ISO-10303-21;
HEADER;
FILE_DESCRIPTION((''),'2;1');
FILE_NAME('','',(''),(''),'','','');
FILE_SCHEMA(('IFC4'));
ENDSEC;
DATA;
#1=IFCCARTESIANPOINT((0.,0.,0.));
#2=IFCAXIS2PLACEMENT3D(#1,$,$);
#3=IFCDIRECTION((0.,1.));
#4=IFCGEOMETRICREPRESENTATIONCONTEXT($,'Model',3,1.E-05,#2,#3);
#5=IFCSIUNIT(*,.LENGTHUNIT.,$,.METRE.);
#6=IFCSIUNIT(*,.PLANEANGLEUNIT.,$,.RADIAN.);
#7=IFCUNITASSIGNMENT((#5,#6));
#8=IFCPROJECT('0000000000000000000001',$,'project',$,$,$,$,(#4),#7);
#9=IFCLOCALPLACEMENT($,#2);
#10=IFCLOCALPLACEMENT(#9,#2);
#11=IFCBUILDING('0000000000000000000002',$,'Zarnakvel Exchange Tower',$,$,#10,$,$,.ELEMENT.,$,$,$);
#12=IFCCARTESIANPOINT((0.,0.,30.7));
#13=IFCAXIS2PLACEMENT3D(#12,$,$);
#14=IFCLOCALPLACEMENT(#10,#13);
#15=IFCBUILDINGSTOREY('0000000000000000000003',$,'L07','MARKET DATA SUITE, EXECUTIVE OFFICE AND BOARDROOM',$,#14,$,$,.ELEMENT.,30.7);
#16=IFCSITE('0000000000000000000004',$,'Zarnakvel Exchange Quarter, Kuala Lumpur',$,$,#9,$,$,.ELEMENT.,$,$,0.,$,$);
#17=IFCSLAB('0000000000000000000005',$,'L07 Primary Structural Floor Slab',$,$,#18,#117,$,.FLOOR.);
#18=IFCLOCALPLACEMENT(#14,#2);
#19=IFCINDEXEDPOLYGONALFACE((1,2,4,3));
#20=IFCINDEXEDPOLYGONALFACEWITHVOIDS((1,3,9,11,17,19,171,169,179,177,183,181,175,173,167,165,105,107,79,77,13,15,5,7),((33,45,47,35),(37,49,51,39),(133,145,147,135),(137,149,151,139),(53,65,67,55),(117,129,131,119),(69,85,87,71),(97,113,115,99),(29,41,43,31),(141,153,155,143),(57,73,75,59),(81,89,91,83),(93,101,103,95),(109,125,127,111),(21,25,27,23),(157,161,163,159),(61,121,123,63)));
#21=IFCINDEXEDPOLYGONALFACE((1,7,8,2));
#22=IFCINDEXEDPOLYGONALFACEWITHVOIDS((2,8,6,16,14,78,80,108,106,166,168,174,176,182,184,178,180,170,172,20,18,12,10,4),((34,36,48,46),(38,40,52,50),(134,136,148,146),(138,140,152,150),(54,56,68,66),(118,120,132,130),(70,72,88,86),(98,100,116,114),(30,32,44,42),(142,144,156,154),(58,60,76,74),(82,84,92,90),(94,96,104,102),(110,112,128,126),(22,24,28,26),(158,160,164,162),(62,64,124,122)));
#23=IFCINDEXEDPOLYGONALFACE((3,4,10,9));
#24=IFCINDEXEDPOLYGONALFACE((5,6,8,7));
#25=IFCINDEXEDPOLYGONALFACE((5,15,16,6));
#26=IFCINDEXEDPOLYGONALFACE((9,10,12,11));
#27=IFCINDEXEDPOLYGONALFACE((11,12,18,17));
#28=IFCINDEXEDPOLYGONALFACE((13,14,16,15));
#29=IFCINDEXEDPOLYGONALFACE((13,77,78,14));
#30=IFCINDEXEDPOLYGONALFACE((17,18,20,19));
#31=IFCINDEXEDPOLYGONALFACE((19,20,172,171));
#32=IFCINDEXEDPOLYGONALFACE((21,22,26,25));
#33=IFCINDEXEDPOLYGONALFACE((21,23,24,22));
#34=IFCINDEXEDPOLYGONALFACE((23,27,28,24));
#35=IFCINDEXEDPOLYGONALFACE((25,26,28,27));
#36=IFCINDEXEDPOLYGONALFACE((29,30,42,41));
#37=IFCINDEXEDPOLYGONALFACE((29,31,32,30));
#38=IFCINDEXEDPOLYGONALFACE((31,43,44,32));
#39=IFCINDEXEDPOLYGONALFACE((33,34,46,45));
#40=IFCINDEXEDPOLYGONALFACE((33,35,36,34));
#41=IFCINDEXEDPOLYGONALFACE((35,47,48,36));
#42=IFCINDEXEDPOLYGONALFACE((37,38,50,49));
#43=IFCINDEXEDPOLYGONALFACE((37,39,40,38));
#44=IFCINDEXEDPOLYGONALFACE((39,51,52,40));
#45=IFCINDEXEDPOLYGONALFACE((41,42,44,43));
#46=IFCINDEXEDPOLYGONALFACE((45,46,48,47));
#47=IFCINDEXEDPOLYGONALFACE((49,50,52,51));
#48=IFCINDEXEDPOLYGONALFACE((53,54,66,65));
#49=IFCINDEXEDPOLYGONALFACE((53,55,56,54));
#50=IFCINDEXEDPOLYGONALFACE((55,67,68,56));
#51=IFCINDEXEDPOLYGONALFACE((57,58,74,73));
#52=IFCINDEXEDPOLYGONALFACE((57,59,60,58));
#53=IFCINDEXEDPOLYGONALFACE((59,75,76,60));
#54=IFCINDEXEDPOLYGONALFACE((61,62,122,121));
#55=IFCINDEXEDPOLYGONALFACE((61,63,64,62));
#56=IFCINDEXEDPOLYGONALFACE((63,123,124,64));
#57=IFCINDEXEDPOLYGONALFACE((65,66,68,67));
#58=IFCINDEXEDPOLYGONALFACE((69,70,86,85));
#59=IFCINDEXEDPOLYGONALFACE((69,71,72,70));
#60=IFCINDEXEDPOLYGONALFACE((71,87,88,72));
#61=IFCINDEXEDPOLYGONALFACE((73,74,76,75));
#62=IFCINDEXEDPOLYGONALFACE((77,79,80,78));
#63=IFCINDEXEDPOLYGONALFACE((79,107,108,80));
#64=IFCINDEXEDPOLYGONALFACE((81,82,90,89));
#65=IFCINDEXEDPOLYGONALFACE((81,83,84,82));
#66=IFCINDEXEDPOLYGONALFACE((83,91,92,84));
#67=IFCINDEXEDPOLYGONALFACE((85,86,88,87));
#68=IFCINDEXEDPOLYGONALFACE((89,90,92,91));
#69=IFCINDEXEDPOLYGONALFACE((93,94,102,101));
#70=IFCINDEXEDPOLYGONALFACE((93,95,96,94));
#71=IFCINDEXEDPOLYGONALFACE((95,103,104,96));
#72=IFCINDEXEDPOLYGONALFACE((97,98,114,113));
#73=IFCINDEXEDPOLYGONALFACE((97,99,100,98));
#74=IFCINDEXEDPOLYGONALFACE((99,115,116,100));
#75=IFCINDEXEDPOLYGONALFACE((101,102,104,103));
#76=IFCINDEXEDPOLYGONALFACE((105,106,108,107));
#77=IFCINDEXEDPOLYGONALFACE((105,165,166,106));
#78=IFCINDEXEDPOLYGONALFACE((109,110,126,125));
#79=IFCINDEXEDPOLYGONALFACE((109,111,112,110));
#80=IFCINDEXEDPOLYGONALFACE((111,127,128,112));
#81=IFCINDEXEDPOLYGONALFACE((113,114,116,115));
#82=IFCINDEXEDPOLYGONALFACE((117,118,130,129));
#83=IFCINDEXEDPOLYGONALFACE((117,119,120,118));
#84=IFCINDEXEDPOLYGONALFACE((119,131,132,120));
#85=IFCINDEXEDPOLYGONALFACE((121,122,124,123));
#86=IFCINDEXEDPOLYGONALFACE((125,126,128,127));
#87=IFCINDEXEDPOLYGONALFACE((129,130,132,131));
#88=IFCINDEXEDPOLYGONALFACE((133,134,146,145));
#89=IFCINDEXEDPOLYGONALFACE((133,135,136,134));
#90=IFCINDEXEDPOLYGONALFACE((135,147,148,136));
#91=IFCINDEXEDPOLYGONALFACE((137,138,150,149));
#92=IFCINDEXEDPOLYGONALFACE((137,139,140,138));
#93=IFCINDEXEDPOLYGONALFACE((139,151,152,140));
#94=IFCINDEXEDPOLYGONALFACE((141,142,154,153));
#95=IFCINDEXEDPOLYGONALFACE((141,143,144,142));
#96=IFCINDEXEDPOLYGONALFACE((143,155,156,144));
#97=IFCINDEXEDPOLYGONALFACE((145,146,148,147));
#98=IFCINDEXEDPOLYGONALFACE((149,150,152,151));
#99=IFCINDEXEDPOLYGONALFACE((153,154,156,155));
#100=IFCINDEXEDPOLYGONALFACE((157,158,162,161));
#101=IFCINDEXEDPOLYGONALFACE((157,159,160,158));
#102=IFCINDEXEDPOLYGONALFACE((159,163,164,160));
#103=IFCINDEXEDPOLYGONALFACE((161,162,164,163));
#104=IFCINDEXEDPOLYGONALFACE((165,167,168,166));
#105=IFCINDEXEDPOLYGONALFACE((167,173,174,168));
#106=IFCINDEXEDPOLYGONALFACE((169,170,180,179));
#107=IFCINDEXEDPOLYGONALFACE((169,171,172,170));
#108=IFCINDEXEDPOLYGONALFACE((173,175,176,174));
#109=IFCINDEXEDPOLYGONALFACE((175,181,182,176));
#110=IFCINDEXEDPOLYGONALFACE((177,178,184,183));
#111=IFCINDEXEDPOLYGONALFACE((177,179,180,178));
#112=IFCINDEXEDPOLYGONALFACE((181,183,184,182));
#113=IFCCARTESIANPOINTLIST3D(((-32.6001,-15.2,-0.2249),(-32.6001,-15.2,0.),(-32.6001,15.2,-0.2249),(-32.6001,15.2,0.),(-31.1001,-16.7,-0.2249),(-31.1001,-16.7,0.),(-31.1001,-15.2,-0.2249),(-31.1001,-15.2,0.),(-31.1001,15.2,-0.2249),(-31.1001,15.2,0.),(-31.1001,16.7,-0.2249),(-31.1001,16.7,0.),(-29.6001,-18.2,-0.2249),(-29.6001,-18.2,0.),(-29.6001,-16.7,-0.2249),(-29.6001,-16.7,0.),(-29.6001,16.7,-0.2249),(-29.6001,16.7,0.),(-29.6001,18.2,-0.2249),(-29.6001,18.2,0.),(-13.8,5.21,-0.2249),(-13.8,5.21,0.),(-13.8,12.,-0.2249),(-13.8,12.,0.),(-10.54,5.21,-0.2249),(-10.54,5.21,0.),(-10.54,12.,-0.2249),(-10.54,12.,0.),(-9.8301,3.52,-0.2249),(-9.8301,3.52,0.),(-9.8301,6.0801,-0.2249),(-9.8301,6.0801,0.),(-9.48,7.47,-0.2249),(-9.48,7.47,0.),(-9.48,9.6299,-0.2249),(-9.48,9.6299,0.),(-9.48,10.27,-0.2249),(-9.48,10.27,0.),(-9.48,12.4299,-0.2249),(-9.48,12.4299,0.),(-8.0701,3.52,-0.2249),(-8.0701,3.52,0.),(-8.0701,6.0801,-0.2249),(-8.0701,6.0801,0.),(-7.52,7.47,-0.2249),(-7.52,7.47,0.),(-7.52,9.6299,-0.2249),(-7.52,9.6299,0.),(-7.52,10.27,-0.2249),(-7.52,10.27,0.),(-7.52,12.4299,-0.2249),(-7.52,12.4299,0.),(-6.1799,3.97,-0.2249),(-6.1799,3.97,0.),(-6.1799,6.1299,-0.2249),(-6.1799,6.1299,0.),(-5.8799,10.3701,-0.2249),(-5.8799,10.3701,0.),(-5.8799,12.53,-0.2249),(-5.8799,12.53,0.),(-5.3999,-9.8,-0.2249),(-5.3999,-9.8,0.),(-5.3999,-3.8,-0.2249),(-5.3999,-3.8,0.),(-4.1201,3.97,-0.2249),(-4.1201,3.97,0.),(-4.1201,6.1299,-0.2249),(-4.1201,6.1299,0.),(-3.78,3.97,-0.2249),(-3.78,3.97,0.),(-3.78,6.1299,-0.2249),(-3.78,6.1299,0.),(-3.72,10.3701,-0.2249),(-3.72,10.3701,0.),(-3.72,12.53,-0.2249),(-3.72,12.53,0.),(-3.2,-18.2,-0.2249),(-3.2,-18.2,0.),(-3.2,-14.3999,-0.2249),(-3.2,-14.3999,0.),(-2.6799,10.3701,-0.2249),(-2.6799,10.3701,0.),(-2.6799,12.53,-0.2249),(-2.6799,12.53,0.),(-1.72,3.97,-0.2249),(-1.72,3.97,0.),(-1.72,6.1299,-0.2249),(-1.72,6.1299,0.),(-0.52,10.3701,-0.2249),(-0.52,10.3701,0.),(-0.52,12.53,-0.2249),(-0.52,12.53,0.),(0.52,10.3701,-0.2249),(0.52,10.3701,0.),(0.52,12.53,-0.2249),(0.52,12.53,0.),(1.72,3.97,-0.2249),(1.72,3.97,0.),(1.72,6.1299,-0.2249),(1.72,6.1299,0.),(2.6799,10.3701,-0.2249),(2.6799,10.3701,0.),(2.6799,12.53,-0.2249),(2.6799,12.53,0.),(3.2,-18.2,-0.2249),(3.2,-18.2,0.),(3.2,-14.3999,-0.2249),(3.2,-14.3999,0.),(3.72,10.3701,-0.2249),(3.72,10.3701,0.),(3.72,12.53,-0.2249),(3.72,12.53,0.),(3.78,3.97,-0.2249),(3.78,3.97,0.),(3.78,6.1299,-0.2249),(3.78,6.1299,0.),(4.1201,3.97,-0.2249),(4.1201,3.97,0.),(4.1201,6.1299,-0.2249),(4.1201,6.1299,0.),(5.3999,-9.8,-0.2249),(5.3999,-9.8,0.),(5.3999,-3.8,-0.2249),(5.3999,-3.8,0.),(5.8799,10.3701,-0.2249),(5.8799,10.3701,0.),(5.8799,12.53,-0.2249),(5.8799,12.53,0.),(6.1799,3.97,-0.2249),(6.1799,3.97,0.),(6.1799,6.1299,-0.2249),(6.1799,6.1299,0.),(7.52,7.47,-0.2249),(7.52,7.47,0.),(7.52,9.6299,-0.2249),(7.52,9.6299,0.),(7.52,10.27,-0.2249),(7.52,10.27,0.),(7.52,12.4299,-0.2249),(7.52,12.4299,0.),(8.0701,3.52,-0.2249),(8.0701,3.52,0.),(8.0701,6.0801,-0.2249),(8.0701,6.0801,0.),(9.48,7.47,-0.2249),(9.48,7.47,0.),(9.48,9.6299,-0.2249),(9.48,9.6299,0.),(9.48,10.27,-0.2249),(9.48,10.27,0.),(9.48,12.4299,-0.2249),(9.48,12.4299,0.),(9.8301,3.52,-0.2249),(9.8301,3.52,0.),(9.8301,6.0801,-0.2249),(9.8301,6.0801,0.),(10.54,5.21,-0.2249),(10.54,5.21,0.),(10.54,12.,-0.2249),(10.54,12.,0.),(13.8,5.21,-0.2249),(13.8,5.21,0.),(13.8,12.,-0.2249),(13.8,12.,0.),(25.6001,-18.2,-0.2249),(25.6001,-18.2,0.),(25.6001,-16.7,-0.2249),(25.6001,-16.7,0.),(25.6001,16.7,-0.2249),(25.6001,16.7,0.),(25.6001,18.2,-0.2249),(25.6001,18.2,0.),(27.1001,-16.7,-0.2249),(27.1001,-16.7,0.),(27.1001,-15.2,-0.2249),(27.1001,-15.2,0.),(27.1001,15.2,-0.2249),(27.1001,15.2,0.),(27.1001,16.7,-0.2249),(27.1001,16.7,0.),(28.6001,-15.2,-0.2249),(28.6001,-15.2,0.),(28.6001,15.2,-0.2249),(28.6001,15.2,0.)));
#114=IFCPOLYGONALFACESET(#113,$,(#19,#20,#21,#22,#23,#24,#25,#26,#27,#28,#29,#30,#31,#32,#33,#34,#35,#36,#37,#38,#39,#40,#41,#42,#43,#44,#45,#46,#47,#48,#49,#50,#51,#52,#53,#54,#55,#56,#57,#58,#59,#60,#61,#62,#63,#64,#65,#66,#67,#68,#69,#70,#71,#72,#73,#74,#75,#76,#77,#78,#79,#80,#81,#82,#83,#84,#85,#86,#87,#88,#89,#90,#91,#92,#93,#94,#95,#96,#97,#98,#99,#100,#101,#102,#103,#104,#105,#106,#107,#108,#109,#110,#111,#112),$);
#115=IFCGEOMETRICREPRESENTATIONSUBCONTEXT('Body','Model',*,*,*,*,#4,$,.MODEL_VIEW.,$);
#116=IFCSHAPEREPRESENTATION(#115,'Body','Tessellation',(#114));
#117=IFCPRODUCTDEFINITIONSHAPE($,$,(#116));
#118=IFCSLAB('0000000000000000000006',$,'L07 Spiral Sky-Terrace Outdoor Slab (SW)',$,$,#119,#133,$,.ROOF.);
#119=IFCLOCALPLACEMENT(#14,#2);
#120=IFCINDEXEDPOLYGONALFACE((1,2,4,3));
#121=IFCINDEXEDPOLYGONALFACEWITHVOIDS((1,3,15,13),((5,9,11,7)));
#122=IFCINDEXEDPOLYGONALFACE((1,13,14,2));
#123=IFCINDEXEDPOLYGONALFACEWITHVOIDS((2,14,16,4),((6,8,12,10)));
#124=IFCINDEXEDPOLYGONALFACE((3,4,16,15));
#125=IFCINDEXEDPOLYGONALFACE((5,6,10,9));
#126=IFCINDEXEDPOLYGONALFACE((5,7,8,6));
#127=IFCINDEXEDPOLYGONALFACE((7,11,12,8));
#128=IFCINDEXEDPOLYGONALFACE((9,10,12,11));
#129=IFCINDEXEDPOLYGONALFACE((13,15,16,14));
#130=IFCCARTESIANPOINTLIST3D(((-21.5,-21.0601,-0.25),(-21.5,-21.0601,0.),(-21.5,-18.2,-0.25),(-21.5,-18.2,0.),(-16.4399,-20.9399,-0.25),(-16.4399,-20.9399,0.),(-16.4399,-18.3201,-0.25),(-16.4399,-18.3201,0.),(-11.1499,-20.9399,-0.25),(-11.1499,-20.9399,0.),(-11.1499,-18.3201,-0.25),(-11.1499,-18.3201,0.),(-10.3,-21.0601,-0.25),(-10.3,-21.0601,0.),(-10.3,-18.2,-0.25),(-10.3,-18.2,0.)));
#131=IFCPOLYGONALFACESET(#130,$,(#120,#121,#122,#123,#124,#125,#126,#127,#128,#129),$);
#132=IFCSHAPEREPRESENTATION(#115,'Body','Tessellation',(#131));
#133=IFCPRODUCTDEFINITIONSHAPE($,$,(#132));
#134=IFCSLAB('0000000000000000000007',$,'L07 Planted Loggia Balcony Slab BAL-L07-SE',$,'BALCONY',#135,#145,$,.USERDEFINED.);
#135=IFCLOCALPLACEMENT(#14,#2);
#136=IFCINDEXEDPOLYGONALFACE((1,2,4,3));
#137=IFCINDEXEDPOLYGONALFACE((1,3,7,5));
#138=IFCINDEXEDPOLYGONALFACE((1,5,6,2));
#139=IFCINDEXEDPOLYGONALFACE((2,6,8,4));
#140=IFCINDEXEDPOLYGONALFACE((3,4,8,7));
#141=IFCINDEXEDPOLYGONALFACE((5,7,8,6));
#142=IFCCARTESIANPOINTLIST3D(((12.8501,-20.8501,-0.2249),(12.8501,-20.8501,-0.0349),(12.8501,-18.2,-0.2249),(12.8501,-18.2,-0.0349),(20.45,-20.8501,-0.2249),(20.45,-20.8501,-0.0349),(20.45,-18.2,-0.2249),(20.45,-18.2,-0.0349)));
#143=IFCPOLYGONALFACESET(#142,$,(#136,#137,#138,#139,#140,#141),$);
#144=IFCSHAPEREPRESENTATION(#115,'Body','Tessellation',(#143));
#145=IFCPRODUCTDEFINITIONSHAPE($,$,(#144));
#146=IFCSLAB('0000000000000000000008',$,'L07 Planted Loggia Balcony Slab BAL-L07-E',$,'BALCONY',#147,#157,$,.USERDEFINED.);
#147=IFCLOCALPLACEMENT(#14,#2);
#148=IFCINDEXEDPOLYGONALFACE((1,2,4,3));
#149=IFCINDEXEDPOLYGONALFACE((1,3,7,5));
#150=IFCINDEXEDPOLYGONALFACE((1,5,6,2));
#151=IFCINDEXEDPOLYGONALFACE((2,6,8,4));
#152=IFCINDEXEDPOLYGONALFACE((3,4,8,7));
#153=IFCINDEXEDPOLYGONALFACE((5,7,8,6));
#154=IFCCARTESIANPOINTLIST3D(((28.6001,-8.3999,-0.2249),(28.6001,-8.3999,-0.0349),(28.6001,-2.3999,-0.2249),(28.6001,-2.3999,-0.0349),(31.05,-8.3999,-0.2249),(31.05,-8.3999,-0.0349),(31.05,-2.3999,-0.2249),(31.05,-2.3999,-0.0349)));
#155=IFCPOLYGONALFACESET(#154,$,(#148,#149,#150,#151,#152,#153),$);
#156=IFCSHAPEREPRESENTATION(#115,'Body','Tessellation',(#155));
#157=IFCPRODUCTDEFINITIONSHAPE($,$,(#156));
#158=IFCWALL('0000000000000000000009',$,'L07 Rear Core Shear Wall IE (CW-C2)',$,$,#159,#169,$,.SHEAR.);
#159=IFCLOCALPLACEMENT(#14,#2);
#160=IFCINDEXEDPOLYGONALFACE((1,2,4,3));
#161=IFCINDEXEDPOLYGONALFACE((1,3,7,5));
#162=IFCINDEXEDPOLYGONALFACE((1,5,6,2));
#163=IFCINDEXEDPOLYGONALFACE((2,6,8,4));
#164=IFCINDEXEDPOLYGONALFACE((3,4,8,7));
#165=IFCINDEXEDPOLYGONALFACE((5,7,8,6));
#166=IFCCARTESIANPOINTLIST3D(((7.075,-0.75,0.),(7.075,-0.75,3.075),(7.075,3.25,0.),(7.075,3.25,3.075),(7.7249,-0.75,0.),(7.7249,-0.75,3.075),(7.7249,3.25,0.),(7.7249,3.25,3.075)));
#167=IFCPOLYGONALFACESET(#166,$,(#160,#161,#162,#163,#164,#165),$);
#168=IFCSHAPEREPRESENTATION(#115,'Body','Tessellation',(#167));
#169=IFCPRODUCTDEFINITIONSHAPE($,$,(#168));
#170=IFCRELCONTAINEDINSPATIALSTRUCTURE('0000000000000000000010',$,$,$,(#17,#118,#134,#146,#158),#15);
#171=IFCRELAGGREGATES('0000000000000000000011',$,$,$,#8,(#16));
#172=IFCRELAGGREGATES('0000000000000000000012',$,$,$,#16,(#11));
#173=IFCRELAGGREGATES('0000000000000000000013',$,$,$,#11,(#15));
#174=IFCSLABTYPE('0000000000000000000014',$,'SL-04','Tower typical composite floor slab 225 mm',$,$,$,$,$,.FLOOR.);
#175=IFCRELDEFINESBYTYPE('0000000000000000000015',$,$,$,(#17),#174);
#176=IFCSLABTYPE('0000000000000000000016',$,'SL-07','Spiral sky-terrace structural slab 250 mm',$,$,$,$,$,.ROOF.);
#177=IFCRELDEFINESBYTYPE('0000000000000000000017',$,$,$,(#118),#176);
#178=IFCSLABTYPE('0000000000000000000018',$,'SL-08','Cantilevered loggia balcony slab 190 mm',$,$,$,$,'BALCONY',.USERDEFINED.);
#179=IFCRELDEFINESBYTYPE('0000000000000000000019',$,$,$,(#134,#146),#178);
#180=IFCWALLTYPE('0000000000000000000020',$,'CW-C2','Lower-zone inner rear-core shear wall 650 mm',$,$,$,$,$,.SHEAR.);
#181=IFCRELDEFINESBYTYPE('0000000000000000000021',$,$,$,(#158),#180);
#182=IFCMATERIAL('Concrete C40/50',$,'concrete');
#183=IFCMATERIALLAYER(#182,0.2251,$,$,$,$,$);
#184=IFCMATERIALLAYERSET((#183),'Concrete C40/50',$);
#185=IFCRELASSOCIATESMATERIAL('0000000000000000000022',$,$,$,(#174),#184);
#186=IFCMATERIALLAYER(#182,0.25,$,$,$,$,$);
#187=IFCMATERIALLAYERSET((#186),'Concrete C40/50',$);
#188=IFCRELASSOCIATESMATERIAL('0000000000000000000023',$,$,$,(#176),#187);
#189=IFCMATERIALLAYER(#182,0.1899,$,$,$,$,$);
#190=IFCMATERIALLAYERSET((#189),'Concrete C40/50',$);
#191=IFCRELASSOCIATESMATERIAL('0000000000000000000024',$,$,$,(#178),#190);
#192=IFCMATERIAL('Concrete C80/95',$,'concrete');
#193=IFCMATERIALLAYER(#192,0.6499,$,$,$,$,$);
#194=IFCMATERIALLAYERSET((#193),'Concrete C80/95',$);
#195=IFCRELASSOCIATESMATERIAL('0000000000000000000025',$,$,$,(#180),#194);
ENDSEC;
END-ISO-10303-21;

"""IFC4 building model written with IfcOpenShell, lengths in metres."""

from ifc_helpers import new_model, si_unit, direction, frame, frame_2d, origin, place, context, subcontext, project, spatial, polyline, rectangle, outline, extrude, material, layer, layer_set, type_object, element, save


model = new_model("IFC4")

# Units and contexts
model_context = context("Model", 3, precision=1e-05, world=origin(), true_north=direction((0.0, 1.0)))
body_context = subcontext(model_context, "Body", "Model", "MODEL_VIEW")
ifc_project = project(units=[si_unit("LENGTHUNIT", "METRE"), si_unit("PLANEANGLEUNIT", "RADIAN")], contexts=[model_context])

# Site, building, storey
site_placement = place(None, origin())
site = spatial("IfcSite", under=ifc_project, at=site_placement, Name="Zarnakvel Exchange Quarter, Kuala Lumpur", CompositionType="ELEMENT", RefElevation=0.0)
building_placement = place(site_placement, origin())
building = spatial("IfcBuilding", under=site, at=building_placement, Name="Zarnakvel Exchange Tower", CompositionType="ELEMENT")
storey_placement = place(building_placement, frame((0.0, 0.0, 30.7)))
storey = spatial("IfcBuildingStorey", under=building, at=storey_placement, Name="L07", Description="MARKET DATA SUITE, EXECUTIVE OFFICE AND BOARDROOM", CompositionType="ELEMENT", Elevation=30.7)

# Shared definitions
ifc_material_1 = material(Name="Concrete C80/95", Category="concrete")

# Shared definitions
ifc_material_2 = material(Name="Concrete C40/50", Category="concrete")

# Slabs
ifc_layer_1 = layer(ifc_material_2, 0.2251)
ifc_layer_set_1 = layer_set([ifc_layer_1], Name="Concrete C40/50")
slab_type_1 = type_object("IfcSlabType", Name="SL-04", Description="Tower typical composite floor slab 225 mm", PredefinedType="FLOOR", material=ifc_layer_set_1)
slab_1_placement = place(storey_placement, frame((0.0, 0.0, -0.2249)))
element("IfcSlab", 1, at=slab_1_placement, inside=storey, type_object=slab_type_1, Name="L07 Primary Structural Floor Slab", PredefinedType="FLOOR", context=body_context, shape_type="SweptSolid", body=[
    extrude(outline(polyline([(-32.6001, -15.2), (-31.1001, -15.2), (-31.1001, -16.7), (-29.6001, -16.7), (-29.6001, -18.2), (-3.2, -18.2), (-3.2, -14.3999), (3.2, -14.3999), (3.2, -18.2), (25.6001, -18.2), (25.6001, -16.7), (27.1001, -16.7), (27.1001, -15.2), (28.6001, -15.2), (28.6001, 15.2), (27.1001, 15.2), (27.1001, 16.7), (25.6001, 16.7), (25.6001, 18.2), (-29.6001, 18.2), (-29.6001, 16.7), (-31.1001, 16.7), (-31.1001, 15.2), (-32.6001, 15.2), (-32.6001, -15.2)]), holes=[polyline([(-5.3999, -9.8), (5.3999, -9.8), (5.3999, -3.8), (-5.3999, -3.8), (-5.3999, -9.8)]), polyline([(-13.8, 5.21), (-10.54, 5.21), (-10.54, 12.0), (-13.8, 12.0), (-13.8, 5.21)]), polyline([(10.54, 5.21), (13.8, 5.21), (13.8, 12.0), (10.54, 12.0), (10.54, 5.21)]), polyline([(-9.8301, 3.52), (-8.0701, 3.52), (-8.0701, 6.0801), (-9.8301, 6.0801), (-9.8301, 3.52)]), polyline([(8.0701, 3.52), (9.8301, 3.52), (9.8301, 6.0801), (8.0701, 6.0801), (8.0701, 3.52)]), polyline([(-5.8799, 10.3701), (-3.72, 10.3701), (-3.72, 12.53), (-5.8799, 12.53), (-5.8799, 10.3701)]), polyline([(-2.6799, 10.3701), (-0.52, 10.3701), (-0.52, 12.53), (-2.6799, 12.53), (-2.6799, 10.3701)]), polyline([(0.52, 10.3701), (2.6799, 10.3701), (2.6799, 12.53), (0.52, 12.53), (0.52, 10.3701)]), polyline([(3.72, 10.3701), (5.8799, 10.3701), (5.8799, 12.53), (3.72, 12.53), (3.72, 10.3701)]), polyline([(-6.1799, 3.97), (-4.1201, 3.97), (-4.1201, 6.1299), (-6.1799, 6.1299), (-6.1799, 3.97)]), polyline([(-3.78, 3.97), (-1.72, 3.97), (-1.72, 6.1299), (-3.78, 6.1299), (-3.78, 3.97)]), polyline([(1.72, 3.97), (3.78, 3.97), (3.78, 6.1299), (1.72, 6.1299), (1.72, 3.97)]), polyline([(4.1201, 3.97), (6.1799, 3.97), (6.1799, 6.1299), (4.1201, 6.1299), (4.1201, 3.97)]), polyline([(-9.48, 7.47), (-7.52, 7.47), (-7.52, 9.6299), (-9.48, 9.6299), (-9.48, 7.47)]), polyline([(-9.48, 10.27), (-7.52, 10.27), (-7.52, 12.4299), (-9.48, 12.4299), (-9.48, 10.27)]), polyline([(7.52, 7.47), (9.48, 7.47), (9.48, 9.6299), (7.52, 9.6299), (7.52, 7.47)]), polyline([(7.52, 10.27), (9.48, 10.27), (9.48, 12.4299), (7.52, 12.4299), (7.52, 10.27)])]), origin(), (0.0, 0.0, 1.0), 0.2249),
])
ifc_layer_2 = layer(ifc_material_2, 0.25)
ifc_layer_set_2 = layer_set([ifc_layer_2], Name="Concrete C40/50")
slab_type_2 = type_object("IfcSlabType", Name="SL-07", Description="Spiral sky-terrace structural slab 250 mm", PredefinedType="ROOF", material=ifc_layer_set_2)
slab_2_placement = place(storey_placement, frame((0.0, 0.0, -0.25)))
element("IfcSlab", 2, at=slab_2_placement, inside=storey, type_object=slab_type_2, Name="L07 Spiral Sky-Terrace Outdoor Slab (SW)", PredefinedType="ROOF", context=body_context, shape_type="SweptSolid", body=[
    extrude(outline(polyline([(-21.5, -21.0601), (-10.3, -21.0601), (-10.3, -18.2), (-21.5, -18.2), (-21.5, -21.0601)]), holes=[polyline([(-16.4399, -20.9399), (-11.1499, -20.9399), (-11.1499, -18.3201), (-16.4399, -18.3201), (-16.4399, -20.9399)])]), origin(), (0.0, 0.0, 1.0), 0.25),
])
ifc_layer_3 = layer(ifc_material_2, 0.1899)
ifc_layer_set_3 = layer_set([ifc_layer_3], Name="Concrete C40/50")
slab_type_3 = type_object("IfcSlabType", Name="SL-08", Description="Cantilevered loggia balcony slab 190 mm", ElementType="BALCONY", PredefinedType="USERDEFINED", material=ifc_layer_set_3)
slab_3_placement = place(storey_placement, frame((0.0, 0.0, -0.2249)))
element("IfcSlab", 3, at=slab_3_placement, inside=storey, type_object=slab_type_3, Name="L07 Planted Loggia Balcony Slab BAL-L07-SE", ObjectType="BALCONY", PredefinedType="USERDEFINED", context=body_context, shape_type="SweptSolid", body=[
    extrude(outline(polyline([(12.8501, -20.8501), (20.45, -20.8501), (20.45, -18.2), (12.8501, -18.2), (12.8501, -20.8501)])), origin(), (0.0, 0.0, 1.0), 0.1899),
])
slab_4_placement = place(storey_placement, frame((0.0, 0.0, -0.2249)))
element("IfcSlab", 4, at=slab_4_placement, inside=storey, type_object=slab_type_3, Name="L07 Planted Loggia Balcony Slab BAL-L07-E", ObjectType="BALCONY", PredefinedType="USERDEFINED", context=body_context, shape_type="SweptSolid", body=[
    extrude(outline(polyline([(28.6001, -8.3999), (31.05, -8.3999), (31.05, -2.3999), (28.6001, -2.3999), (28.6001, -8.3999)])), origin(), (0.0, 0.0, 1.0), 0.1899),
])

# Wall
ifc_layer_4 = layer(ifc_material_1, 0.6499)
ifc_layer_set_4 = layer_set([ifc_layer_4], Name="Concrete C80/95")
wall_type_1 = type_object("IfcWallType", Name="CW-C2", Description="Lower-zone inner rear-core shear wall 650 mm", PredefinedType="SHEAR", material=ifc_layer_set_4)
wall_1_placement = place(storey_placement, frame((7.3999, -0.75, 0.0), z_axis=(0.0, 0.0, 1.0), x_axis=(0.0, 1.0, 0.0)))
element("IfcWall", 5, at=wall_1_placement, inside=storey, type_object=wall_type_1, Name="L07 Rear Core Shear Wall IE (CW-C2)", PredefinedType="SHEAR", context=body_context, shape_type="SweptSolid", body=[
    extrude(rectangle(XDim=4.0, YDim=0.6499, at=frame_2d((2.0, 0.0))), origin(), (0.0, 0.0, 1.0), 3.075),
])

save(model, "model.ifc")
